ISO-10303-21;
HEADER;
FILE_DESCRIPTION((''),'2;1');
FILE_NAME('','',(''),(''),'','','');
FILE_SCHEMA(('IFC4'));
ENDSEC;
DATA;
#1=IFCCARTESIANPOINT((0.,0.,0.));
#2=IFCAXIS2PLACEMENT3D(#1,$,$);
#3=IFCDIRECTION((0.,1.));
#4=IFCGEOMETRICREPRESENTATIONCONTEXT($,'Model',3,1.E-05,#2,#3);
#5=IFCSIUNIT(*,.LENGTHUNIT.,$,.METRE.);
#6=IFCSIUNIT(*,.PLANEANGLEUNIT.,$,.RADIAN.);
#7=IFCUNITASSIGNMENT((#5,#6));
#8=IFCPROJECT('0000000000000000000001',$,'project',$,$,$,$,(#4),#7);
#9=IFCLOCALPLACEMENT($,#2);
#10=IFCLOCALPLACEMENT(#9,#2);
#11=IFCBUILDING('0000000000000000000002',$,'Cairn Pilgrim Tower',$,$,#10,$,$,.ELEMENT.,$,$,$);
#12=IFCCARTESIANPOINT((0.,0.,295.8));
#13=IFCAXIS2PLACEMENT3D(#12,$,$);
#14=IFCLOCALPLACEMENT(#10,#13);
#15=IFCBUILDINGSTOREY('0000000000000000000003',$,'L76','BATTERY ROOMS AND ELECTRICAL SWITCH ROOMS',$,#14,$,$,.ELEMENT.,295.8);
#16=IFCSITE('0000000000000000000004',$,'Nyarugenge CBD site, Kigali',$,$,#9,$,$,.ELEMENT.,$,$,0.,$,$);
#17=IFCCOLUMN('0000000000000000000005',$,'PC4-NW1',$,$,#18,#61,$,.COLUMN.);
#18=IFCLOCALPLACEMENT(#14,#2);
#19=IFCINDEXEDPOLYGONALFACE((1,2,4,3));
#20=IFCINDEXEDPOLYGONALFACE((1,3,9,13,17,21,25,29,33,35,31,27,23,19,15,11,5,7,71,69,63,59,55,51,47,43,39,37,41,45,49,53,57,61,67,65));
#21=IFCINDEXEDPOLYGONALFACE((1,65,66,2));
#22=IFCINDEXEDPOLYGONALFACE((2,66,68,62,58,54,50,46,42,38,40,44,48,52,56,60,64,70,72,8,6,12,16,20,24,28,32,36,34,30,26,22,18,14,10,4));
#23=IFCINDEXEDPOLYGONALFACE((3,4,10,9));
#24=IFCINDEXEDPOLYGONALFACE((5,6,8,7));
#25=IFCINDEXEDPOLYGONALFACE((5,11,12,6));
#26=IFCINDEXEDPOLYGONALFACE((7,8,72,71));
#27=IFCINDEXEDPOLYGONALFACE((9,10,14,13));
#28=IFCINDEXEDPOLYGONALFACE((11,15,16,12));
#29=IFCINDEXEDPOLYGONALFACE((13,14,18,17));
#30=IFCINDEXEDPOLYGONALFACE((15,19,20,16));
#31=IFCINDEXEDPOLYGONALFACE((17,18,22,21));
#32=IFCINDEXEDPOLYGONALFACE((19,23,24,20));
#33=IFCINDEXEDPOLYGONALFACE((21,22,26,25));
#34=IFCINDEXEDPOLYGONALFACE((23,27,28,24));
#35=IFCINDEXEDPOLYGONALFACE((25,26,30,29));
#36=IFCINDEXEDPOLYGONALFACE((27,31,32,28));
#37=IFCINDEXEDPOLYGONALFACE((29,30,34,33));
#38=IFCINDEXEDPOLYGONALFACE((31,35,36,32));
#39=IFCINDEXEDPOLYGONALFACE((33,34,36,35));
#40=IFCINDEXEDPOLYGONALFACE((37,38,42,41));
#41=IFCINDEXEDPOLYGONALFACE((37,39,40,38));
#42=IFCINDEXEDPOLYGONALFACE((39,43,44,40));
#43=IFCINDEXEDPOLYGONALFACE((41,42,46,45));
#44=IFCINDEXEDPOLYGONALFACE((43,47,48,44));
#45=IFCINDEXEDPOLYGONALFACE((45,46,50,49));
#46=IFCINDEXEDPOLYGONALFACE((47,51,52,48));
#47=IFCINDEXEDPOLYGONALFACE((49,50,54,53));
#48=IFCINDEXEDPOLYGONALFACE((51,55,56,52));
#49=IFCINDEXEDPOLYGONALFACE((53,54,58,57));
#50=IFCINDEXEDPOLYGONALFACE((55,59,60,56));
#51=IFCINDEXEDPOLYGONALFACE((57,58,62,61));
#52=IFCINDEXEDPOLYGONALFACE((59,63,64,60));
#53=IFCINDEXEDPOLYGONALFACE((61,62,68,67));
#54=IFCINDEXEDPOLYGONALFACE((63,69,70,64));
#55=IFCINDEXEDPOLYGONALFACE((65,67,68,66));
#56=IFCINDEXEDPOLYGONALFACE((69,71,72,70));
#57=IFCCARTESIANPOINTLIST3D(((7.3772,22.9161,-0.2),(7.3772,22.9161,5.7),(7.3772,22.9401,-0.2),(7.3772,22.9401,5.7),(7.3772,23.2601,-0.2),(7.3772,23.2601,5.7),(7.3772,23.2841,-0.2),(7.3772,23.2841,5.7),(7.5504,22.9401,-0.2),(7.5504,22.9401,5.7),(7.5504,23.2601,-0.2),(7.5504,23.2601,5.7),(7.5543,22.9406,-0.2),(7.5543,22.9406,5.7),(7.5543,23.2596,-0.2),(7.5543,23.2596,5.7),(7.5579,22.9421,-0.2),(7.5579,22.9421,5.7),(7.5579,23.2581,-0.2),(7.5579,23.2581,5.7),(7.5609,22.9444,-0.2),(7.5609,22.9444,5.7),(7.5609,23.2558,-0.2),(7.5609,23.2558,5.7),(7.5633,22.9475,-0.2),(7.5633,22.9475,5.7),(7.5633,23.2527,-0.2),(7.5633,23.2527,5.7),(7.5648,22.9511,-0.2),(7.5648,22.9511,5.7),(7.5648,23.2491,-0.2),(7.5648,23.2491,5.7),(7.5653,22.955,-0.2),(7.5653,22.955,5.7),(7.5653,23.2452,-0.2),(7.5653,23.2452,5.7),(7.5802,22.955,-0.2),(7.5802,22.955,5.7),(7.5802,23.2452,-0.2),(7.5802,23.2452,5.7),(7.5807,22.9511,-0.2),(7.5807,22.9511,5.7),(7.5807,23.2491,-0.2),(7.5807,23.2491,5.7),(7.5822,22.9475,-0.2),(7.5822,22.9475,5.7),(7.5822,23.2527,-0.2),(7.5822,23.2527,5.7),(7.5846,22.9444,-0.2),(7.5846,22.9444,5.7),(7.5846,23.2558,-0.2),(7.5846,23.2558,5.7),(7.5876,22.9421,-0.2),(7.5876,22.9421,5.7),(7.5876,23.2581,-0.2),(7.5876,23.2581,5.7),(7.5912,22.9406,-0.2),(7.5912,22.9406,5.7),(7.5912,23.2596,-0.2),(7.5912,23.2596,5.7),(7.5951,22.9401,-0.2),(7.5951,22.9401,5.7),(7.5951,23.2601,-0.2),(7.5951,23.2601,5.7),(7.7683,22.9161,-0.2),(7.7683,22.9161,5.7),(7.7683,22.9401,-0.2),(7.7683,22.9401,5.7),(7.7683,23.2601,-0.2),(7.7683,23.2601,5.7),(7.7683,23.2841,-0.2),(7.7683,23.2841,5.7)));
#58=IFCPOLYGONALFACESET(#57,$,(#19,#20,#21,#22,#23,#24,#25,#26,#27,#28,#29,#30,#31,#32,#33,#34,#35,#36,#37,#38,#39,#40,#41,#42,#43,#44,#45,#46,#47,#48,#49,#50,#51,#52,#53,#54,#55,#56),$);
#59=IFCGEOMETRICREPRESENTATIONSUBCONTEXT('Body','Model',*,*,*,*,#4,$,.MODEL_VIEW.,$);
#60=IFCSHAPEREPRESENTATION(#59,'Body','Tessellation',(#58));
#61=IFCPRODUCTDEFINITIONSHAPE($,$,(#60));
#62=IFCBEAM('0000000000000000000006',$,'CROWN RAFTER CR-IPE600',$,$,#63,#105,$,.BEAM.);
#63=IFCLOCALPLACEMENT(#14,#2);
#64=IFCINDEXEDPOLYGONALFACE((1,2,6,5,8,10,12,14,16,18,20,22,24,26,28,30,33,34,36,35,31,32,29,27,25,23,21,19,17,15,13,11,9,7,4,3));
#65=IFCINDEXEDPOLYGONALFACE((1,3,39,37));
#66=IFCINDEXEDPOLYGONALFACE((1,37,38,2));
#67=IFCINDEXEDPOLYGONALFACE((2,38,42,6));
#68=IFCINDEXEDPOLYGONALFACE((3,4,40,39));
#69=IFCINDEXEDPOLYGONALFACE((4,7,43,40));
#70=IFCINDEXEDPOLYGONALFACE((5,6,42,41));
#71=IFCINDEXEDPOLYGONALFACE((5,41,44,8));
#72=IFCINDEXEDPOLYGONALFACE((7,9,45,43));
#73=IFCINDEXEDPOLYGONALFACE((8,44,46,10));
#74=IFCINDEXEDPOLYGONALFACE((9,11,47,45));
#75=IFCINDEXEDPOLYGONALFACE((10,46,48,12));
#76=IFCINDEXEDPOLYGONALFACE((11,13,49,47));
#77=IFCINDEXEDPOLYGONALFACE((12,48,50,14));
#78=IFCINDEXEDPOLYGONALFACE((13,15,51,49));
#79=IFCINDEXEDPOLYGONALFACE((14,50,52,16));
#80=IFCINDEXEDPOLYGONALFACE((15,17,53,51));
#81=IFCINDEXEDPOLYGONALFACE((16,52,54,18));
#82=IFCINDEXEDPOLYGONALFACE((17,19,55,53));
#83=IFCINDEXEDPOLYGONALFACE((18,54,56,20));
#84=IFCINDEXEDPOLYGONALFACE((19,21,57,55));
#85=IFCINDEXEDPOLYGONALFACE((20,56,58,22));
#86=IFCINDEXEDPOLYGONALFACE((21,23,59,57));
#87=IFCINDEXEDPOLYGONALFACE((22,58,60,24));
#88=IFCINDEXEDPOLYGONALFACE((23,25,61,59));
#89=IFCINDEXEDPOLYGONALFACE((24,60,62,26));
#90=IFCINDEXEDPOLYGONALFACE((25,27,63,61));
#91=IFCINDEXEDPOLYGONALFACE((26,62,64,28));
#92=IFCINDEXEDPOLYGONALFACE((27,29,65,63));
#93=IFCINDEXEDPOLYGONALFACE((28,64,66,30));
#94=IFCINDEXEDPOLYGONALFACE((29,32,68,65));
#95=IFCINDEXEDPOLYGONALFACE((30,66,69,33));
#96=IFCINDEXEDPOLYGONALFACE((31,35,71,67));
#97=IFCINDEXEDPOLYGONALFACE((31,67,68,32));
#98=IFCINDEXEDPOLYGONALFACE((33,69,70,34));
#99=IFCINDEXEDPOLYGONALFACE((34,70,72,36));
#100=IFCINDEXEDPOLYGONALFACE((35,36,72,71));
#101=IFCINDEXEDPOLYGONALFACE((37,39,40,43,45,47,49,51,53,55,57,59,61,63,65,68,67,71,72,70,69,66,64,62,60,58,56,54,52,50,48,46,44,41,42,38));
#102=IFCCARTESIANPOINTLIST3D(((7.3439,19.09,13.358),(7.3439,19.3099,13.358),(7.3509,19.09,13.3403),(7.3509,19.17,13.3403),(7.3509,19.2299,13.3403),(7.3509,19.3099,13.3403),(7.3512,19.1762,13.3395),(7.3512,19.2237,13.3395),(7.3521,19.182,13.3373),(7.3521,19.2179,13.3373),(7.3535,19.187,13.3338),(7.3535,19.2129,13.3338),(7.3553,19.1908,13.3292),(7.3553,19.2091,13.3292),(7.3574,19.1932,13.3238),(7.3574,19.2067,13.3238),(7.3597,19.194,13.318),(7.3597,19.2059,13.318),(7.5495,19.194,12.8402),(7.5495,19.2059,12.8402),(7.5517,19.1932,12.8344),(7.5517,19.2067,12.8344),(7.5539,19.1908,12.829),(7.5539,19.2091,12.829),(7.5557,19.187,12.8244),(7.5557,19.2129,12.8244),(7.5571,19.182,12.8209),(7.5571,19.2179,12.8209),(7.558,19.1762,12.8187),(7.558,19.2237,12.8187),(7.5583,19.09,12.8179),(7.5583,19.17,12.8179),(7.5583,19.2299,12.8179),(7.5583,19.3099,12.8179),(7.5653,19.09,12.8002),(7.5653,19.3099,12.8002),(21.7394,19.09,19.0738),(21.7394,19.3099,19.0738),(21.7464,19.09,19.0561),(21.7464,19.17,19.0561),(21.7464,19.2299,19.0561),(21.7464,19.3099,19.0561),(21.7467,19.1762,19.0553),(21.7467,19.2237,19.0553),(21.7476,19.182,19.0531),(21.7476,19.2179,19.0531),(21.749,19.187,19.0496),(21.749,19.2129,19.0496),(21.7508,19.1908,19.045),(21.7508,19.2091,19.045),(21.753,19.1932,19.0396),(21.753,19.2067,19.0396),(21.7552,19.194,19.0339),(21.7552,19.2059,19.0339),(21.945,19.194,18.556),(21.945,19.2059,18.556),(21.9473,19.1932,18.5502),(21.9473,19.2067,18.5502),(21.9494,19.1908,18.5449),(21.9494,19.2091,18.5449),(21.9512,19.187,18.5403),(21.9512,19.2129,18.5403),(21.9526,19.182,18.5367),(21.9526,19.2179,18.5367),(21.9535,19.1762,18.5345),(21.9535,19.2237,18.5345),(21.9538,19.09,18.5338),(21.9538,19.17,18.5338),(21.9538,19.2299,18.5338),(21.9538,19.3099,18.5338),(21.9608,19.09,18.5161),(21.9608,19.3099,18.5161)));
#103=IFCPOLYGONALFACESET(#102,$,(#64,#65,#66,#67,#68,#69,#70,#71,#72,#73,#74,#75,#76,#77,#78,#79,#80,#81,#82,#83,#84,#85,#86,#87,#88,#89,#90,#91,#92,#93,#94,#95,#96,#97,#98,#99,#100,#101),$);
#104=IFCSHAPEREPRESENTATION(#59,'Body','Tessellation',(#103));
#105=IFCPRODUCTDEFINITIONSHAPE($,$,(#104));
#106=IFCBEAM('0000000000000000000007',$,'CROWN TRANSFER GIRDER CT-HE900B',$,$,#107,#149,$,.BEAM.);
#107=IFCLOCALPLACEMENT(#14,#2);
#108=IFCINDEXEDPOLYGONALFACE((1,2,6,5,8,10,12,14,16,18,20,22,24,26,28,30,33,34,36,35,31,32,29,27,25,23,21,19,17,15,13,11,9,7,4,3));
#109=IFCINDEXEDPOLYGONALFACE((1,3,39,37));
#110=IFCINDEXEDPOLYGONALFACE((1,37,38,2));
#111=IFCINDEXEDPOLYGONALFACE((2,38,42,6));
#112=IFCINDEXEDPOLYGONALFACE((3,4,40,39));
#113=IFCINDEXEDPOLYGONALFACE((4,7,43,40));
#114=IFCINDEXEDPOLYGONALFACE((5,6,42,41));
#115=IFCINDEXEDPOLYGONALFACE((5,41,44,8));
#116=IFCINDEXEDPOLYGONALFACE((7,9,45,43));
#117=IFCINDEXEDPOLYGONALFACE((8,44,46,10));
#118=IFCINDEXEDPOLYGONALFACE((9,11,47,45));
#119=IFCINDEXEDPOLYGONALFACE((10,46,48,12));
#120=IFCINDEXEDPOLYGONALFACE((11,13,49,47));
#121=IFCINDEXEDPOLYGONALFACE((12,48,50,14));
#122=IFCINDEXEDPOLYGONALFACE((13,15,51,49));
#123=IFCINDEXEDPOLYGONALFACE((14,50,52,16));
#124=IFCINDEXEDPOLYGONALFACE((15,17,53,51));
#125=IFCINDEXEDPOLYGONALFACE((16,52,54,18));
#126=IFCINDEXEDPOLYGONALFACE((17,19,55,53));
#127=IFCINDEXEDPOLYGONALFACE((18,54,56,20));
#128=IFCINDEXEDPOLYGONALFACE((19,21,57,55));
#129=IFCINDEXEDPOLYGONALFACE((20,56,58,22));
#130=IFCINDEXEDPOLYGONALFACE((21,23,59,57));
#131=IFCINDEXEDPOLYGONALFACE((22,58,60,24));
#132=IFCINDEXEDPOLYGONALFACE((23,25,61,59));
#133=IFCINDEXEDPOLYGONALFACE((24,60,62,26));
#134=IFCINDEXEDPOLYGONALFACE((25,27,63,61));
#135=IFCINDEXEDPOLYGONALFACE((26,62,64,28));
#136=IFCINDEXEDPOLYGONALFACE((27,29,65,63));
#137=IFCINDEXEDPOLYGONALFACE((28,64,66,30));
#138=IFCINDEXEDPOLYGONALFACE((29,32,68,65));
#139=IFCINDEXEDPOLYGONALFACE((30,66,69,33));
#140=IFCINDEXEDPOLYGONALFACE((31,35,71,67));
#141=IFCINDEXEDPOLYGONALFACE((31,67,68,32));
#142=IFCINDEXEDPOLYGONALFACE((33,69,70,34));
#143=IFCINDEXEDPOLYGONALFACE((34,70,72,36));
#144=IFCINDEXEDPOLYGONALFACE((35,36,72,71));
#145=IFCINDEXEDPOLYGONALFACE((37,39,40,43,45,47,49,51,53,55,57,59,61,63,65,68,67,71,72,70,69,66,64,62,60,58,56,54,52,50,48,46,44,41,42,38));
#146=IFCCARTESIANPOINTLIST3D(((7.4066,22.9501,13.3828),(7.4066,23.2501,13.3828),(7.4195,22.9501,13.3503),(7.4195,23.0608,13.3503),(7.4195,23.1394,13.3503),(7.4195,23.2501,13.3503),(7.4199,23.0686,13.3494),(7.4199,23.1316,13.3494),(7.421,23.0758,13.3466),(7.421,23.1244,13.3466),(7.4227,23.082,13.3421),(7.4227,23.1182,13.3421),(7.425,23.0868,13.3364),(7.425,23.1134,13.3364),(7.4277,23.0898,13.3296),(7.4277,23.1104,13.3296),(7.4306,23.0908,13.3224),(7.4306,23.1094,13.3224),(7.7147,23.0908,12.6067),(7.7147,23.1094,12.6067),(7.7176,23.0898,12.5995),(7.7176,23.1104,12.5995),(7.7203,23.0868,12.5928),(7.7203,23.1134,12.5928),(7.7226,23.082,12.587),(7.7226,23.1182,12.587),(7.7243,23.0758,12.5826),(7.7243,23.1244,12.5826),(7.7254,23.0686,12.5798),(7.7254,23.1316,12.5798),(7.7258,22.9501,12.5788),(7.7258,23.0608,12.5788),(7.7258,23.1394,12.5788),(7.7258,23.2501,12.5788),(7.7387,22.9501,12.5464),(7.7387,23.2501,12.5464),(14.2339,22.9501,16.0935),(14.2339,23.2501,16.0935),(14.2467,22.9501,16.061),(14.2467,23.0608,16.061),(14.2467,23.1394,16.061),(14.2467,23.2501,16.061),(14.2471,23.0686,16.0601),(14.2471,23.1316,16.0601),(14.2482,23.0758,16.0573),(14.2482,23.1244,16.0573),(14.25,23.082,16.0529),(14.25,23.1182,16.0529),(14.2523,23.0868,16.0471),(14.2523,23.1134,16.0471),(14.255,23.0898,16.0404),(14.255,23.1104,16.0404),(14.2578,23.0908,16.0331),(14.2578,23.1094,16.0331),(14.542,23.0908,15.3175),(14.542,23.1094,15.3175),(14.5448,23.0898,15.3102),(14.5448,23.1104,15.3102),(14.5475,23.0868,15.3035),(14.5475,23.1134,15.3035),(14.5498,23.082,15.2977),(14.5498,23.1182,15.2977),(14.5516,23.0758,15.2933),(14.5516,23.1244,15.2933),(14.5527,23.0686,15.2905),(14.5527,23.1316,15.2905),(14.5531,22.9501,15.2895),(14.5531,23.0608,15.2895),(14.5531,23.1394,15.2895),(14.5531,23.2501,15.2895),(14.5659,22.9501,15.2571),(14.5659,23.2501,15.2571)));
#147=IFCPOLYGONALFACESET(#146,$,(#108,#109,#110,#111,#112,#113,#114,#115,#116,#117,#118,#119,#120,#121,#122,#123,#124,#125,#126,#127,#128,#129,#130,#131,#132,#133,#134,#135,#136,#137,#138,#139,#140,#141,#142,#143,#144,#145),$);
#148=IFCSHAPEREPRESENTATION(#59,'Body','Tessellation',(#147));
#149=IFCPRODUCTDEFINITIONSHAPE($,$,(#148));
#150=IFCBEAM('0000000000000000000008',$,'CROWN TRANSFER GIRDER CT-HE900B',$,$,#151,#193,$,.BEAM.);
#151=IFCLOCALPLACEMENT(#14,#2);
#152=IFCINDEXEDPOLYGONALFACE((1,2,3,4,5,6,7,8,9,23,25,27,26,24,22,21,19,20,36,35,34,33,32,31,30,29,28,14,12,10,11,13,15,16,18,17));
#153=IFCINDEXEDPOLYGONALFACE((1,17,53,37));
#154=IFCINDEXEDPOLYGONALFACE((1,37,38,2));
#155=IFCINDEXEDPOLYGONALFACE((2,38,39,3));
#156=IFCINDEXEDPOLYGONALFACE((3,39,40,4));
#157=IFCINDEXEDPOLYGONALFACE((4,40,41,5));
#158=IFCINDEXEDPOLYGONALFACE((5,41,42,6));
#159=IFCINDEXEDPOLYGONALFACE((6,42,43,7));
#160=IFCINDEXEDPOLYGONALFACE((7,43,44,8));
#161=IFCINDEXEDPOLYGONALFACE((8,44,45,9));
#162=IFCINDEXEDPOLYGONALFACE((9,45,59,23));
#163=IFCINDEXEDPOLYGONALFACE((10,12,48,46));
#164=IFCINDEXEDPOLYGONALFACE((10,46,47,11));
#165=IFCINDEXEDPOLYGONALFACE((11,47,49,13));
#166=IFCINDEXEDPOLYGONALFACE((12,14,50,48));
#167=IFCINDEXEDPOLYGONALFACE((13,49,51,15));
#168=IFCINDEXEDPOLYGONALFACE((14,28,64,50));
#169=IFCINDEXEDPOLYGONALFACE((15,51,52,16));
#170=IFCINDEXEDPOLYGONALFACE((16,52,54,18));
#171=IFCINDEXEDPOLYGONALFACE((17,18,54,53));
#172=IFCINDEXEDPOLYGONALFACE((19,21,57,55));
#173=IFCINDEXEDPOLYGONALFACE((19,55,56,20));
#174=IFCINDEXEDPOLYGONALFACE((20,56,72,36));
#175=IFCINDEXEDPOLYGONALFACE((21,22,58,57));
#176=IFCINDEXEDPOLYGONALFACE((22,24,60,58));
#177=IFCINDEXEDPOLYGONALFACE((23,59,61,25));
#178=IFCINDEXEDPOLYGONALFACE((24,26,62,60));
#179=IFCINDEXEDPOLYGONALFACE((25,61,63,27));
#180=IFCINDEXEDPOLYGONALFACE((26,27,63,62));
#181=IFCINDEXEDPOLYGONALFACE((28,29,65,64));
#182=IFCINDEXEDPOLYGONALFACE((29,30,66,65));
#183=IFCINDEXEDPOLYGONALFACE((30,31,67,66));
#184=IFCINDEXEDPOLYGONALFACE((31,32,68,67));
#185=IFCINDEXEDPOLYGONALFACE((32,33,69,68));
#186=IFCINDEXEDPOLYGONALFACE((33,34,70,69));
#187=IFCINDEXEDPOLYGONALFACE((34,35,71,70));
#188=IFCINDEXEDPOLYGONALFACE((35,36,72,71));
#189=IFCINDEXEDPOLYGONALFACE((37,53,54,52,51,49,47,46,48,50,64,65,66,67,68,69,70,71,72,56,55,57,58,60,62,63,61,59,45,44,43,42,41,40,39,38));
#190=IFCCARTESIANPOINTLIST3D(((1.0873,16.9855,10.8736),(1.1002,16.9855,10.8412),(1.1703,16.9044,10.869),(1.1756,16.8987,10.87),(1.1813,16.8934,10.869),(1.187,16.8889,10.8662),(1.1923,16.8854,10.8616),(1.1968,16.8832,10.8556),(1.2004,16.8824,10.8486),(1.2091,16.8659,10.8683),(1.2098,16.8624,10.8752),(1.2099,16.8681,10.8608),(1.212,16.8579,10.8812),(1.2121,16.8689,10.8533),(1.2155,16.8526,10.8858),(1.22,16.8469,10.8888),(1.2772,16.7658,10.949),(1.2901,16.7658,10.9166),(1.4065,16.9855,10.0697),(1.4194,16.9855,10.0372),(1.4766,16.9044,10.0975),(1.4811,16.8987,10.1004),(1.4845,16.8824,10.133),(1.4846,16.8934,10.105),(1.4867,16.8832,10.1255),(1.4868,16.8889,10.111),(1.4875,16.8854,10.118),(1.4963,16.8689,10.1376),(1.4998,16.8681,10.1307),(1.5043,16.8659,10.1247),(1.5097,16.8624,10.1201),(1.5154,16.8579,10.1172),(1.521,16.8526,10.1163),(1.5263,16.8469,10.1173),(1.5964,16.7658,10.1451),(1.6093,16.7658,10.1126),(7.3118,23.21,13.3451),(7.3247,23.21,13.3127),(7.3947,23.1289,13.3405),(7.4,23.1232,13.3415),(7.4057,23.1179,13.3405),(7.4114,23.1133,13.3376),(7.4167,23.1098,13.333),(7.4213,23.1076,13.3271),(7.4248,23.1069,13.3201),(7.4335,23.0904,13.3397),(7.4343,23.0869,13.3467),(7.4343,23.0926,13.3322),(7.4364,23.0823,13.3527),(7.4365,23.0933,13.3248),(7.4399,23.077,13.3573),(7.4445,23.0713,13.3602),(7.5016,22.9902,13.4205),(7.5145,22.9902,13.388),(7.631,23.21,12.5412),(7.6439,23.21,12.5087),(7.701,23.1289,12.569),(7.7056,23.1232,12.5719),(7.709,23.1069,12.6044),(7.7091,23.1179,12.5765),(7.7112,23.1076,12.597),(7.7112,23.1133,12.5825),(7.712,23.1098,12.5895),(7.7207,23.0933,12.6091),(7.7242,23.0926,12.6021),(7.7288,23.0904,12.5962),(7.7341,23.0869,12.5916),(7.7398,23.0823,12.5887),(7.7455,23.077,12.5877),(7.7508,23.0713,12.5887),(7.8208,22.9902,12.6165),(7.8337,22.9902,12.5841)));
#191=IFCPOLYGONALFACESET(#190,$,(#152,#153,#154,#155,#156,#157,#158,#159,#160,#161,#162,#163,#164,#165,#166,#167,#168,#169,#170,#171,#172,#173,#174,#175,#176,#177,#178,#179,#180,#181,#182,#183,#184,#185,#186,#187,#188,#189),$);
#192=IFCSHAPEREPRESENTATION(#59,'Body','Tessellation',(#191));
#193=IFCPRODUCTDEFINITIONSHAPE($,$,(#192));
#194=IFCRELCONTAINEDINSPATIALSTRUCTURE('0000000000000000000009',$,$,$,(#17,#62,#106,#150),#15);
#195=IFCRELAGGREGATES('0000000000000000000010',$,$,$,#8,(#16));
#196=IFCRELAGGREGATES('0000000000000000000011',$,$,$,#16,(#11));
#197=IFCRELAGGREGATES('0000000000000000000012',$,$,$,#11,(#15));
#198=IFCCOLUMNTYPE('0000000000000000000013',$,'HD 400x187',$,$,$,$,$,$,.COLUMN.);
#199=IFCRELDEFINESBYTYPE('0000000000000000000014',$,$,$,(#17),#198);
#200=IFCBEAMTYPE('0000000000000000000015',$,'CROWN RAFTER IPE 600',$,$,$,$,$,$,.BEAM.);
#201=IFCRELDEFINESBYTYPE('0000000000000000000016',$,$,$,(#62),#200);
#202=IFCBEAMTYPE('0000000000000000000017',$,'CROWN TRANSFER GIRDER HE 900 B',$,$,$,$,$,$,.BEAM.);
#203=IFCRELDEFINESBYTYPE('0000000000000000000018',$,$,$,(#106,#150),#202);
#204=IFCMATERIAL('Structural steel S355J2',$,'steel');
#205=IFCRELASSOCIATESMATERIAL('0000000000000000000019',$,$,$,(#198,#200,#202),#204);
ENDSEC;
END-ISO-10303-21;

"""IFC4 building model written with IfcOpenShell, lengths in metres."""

from ifc_helpers import new_model, si_unit, direction, frame, origin, origin_2d, place, context, subcontext, project, spatial, i_section, extrude, material, material_profile, profile_set, type_object, element, save


model = new_model("IFC4")

# Units and contexts
model_context = context("Model", 3, precision=1e-05, world=origin(), true_north=direction((0.0, 1.0)))
body_context = subcontext(model_context, "Body", "Model", "MODEL_VIEW")
ifc_project = project(units=[si_unit("LENGTHUNIT", "METRE"), si_unit("PLANEANGLEUNIT", "RADIAN")], contexts=[model_context])

# Site, building, storey
site_placement = place(None, origin())
site = spatial("IfcSite", under=ifc_project, at=site_placement, Name="Nyarugenge CBD site, Kigali", CompositionType="ELEMENT", RefElevation=0.0)
building_placement = place(site_placement, origin())
building = spatial("IfcBuilding", under=site, at=building_placement, Name="Cairn Pilgrim Tower", CompositionType="ELEMENT")
storey_placement = place(building_placement, frame((0.0, 0.0, 295.8)))
storey = spatial("IfcBuildingStorey", under=building, at=storey_placement, Name="L76", Description="BATTERY ROOMS AND ELECTRICAL SWITCH ROOMS", CompositionType="ELEMENT", Elevation=295.8)

# Column
ifc_material_1 = material(Name="Structural steel S355J2", Category="steel")
ifc_material_profile_1 = material_profile(ifc_material_1, i_section(OverallWidth=0.3911, OverallDepth=0.3679, WebThickness=0.0149, FlangeThickness=0.0239, FilletRadius=0.0149, at=origin_2d()), Name="HD 400x187")
ifc_profile_set_1 = profile_set([ifc_material_profile_1], Name="Structural steel S355J2")
column_type_1 = type_object("IfcColumnType", Name="HD 400x187", PredefinedType="COLUMN", material=ifc_profile_set_1)
for number, where, z_axis, x_axis, name in (
    (1, (7.5728, 23.1001, -0.2), (0.0, 0.0, 1.0), (1.0, 0.0, 0.0), "PC4-NW1"),
):
    element("IfcColumn", number, at=place(storey_placement, frame(where, z_axis=z_axis, x_axis=x_axis)), inside=storey, type_object=column_type_1, Name=name, PredefinedType="COLUMN", context=body_context, shape_type="SweptSolid", body=[
        extrude(i_section(OverallWidth=0.3911, OverallDepth=0.3679, WebThickness=0.0149, FlangeThickness=0.0239, FilletRadius=0.0149, at=origin_2d()), origin(), (0.0, 0.0, 1.0), 5.8999),
    ])

# Beams
ifc_material_profile_2 = material_profile(ifc_material_1, i_section(OverallWidth=0.22, OverallDepth=0.6001, WebThickness=0.012, FlangeThickness=0.019, FilletRadius=0.0239, at=origin_2d()), Name="IPE 600")
ifc_profile_set_2 = profile_set([ifc_material_profile_2], Name="Structural steel S355J2")
beam_type_1 = type_object("IfcBeamType", Name="CROWN RAFTER IPE 600", PredefinedType="BEAM", material=ifc_profile_set_2)
beam_1_placement = place(storey_placement, frame((7.4546, 19.2, 13.0791), z_axis=(0.929417, 0.0, 0.369031), x_axis=(0.0, 1.0, 0.0)))
element("IfcBeam", 2, at=beam_1_placement, inside=storey, type_object=beam_type_1, Name="CROWN RAFTER CR-IPE600", PredefinedType="BEAM", context=body_context, shape_type="SweptSolid", body=[
    extrude(i_section(OverallWidth=0.22, OverallDepth=0.6001, WebThickness=0.012, FlangeThickness=0.019, FilletRadius=0.0239, at=origin_2d()), origin(), (0.0, 0.0, 1.0), 15.4888),
])
ifc_material_profile_3 = material_profile(ifc_material_1, i_section(OverallWidth=0.3, OverallDepth=0.8999, WebThickness=0.0186, FlangeThickness=0.0349, FilletRadius=0.03, at=origin_2d()), Name="HEB 900")
ifc_profile_set_3 = profile_set([ifc_material_profile_3], Name="Structural steel S355J2")
beam_type_2 = type_object("IfcBeamType", Name="CROWN TRANSFER GIRDER HE 900 B", PredefinedType="BEAM", material=ifc_profile_set_3)
beam_2_placement = place(storey_placement, frame((14.3999, 23.1001, 15.6753), z_axis=(-0.92942, 0.0, -0.369023), x_axis=(0.0, -1.0, 0.0)))
element("IfcBeam", 3, at=beam_2_placement, inside=storey, type_object=beam_type_2, Name="CROWN TRANSFER GIRDER CT-HE900B", PredefinedType="BEAM", context=body_context, shape_type="SweptSolid", body=[
    extrude(i_section(OverallWidth=0.3, OverallDepth=0.8999, WebThickness=0.0186, FlangeThickness=0.0349, FilletRadius=0.03, at=origin_2d()), origin(), (0.0, 0.0, 1.0), 7.3457),
])
beam_3_placement = place(storey_placement, frame((7.5728, 23.1001, 12.9646), z_axis=(-0.680783, -0.680783, -0.270311), x_axis=(0.632731, -0.732485, 0.251232)))
element("IfcBeam", 4, at=beam_3_placement, inside=storey, type_object=beam_type_2, Name="CROWN TRANSFER GIRDER CT-HE900B", PredefinedType="BEAM", context=body_context, shape_type="SweptSolid", body=[
    extrude(i_section(OverallWidth=0.3, OverallDepth=0.8999, WebThickness=0.0186, FlangeThickness=0.0349, FilletRadius=0.03, at=origin_2d()), origin(), (0.0, 0.0, 1.0), 9.1431),
])

save(model, "model.ifc")
